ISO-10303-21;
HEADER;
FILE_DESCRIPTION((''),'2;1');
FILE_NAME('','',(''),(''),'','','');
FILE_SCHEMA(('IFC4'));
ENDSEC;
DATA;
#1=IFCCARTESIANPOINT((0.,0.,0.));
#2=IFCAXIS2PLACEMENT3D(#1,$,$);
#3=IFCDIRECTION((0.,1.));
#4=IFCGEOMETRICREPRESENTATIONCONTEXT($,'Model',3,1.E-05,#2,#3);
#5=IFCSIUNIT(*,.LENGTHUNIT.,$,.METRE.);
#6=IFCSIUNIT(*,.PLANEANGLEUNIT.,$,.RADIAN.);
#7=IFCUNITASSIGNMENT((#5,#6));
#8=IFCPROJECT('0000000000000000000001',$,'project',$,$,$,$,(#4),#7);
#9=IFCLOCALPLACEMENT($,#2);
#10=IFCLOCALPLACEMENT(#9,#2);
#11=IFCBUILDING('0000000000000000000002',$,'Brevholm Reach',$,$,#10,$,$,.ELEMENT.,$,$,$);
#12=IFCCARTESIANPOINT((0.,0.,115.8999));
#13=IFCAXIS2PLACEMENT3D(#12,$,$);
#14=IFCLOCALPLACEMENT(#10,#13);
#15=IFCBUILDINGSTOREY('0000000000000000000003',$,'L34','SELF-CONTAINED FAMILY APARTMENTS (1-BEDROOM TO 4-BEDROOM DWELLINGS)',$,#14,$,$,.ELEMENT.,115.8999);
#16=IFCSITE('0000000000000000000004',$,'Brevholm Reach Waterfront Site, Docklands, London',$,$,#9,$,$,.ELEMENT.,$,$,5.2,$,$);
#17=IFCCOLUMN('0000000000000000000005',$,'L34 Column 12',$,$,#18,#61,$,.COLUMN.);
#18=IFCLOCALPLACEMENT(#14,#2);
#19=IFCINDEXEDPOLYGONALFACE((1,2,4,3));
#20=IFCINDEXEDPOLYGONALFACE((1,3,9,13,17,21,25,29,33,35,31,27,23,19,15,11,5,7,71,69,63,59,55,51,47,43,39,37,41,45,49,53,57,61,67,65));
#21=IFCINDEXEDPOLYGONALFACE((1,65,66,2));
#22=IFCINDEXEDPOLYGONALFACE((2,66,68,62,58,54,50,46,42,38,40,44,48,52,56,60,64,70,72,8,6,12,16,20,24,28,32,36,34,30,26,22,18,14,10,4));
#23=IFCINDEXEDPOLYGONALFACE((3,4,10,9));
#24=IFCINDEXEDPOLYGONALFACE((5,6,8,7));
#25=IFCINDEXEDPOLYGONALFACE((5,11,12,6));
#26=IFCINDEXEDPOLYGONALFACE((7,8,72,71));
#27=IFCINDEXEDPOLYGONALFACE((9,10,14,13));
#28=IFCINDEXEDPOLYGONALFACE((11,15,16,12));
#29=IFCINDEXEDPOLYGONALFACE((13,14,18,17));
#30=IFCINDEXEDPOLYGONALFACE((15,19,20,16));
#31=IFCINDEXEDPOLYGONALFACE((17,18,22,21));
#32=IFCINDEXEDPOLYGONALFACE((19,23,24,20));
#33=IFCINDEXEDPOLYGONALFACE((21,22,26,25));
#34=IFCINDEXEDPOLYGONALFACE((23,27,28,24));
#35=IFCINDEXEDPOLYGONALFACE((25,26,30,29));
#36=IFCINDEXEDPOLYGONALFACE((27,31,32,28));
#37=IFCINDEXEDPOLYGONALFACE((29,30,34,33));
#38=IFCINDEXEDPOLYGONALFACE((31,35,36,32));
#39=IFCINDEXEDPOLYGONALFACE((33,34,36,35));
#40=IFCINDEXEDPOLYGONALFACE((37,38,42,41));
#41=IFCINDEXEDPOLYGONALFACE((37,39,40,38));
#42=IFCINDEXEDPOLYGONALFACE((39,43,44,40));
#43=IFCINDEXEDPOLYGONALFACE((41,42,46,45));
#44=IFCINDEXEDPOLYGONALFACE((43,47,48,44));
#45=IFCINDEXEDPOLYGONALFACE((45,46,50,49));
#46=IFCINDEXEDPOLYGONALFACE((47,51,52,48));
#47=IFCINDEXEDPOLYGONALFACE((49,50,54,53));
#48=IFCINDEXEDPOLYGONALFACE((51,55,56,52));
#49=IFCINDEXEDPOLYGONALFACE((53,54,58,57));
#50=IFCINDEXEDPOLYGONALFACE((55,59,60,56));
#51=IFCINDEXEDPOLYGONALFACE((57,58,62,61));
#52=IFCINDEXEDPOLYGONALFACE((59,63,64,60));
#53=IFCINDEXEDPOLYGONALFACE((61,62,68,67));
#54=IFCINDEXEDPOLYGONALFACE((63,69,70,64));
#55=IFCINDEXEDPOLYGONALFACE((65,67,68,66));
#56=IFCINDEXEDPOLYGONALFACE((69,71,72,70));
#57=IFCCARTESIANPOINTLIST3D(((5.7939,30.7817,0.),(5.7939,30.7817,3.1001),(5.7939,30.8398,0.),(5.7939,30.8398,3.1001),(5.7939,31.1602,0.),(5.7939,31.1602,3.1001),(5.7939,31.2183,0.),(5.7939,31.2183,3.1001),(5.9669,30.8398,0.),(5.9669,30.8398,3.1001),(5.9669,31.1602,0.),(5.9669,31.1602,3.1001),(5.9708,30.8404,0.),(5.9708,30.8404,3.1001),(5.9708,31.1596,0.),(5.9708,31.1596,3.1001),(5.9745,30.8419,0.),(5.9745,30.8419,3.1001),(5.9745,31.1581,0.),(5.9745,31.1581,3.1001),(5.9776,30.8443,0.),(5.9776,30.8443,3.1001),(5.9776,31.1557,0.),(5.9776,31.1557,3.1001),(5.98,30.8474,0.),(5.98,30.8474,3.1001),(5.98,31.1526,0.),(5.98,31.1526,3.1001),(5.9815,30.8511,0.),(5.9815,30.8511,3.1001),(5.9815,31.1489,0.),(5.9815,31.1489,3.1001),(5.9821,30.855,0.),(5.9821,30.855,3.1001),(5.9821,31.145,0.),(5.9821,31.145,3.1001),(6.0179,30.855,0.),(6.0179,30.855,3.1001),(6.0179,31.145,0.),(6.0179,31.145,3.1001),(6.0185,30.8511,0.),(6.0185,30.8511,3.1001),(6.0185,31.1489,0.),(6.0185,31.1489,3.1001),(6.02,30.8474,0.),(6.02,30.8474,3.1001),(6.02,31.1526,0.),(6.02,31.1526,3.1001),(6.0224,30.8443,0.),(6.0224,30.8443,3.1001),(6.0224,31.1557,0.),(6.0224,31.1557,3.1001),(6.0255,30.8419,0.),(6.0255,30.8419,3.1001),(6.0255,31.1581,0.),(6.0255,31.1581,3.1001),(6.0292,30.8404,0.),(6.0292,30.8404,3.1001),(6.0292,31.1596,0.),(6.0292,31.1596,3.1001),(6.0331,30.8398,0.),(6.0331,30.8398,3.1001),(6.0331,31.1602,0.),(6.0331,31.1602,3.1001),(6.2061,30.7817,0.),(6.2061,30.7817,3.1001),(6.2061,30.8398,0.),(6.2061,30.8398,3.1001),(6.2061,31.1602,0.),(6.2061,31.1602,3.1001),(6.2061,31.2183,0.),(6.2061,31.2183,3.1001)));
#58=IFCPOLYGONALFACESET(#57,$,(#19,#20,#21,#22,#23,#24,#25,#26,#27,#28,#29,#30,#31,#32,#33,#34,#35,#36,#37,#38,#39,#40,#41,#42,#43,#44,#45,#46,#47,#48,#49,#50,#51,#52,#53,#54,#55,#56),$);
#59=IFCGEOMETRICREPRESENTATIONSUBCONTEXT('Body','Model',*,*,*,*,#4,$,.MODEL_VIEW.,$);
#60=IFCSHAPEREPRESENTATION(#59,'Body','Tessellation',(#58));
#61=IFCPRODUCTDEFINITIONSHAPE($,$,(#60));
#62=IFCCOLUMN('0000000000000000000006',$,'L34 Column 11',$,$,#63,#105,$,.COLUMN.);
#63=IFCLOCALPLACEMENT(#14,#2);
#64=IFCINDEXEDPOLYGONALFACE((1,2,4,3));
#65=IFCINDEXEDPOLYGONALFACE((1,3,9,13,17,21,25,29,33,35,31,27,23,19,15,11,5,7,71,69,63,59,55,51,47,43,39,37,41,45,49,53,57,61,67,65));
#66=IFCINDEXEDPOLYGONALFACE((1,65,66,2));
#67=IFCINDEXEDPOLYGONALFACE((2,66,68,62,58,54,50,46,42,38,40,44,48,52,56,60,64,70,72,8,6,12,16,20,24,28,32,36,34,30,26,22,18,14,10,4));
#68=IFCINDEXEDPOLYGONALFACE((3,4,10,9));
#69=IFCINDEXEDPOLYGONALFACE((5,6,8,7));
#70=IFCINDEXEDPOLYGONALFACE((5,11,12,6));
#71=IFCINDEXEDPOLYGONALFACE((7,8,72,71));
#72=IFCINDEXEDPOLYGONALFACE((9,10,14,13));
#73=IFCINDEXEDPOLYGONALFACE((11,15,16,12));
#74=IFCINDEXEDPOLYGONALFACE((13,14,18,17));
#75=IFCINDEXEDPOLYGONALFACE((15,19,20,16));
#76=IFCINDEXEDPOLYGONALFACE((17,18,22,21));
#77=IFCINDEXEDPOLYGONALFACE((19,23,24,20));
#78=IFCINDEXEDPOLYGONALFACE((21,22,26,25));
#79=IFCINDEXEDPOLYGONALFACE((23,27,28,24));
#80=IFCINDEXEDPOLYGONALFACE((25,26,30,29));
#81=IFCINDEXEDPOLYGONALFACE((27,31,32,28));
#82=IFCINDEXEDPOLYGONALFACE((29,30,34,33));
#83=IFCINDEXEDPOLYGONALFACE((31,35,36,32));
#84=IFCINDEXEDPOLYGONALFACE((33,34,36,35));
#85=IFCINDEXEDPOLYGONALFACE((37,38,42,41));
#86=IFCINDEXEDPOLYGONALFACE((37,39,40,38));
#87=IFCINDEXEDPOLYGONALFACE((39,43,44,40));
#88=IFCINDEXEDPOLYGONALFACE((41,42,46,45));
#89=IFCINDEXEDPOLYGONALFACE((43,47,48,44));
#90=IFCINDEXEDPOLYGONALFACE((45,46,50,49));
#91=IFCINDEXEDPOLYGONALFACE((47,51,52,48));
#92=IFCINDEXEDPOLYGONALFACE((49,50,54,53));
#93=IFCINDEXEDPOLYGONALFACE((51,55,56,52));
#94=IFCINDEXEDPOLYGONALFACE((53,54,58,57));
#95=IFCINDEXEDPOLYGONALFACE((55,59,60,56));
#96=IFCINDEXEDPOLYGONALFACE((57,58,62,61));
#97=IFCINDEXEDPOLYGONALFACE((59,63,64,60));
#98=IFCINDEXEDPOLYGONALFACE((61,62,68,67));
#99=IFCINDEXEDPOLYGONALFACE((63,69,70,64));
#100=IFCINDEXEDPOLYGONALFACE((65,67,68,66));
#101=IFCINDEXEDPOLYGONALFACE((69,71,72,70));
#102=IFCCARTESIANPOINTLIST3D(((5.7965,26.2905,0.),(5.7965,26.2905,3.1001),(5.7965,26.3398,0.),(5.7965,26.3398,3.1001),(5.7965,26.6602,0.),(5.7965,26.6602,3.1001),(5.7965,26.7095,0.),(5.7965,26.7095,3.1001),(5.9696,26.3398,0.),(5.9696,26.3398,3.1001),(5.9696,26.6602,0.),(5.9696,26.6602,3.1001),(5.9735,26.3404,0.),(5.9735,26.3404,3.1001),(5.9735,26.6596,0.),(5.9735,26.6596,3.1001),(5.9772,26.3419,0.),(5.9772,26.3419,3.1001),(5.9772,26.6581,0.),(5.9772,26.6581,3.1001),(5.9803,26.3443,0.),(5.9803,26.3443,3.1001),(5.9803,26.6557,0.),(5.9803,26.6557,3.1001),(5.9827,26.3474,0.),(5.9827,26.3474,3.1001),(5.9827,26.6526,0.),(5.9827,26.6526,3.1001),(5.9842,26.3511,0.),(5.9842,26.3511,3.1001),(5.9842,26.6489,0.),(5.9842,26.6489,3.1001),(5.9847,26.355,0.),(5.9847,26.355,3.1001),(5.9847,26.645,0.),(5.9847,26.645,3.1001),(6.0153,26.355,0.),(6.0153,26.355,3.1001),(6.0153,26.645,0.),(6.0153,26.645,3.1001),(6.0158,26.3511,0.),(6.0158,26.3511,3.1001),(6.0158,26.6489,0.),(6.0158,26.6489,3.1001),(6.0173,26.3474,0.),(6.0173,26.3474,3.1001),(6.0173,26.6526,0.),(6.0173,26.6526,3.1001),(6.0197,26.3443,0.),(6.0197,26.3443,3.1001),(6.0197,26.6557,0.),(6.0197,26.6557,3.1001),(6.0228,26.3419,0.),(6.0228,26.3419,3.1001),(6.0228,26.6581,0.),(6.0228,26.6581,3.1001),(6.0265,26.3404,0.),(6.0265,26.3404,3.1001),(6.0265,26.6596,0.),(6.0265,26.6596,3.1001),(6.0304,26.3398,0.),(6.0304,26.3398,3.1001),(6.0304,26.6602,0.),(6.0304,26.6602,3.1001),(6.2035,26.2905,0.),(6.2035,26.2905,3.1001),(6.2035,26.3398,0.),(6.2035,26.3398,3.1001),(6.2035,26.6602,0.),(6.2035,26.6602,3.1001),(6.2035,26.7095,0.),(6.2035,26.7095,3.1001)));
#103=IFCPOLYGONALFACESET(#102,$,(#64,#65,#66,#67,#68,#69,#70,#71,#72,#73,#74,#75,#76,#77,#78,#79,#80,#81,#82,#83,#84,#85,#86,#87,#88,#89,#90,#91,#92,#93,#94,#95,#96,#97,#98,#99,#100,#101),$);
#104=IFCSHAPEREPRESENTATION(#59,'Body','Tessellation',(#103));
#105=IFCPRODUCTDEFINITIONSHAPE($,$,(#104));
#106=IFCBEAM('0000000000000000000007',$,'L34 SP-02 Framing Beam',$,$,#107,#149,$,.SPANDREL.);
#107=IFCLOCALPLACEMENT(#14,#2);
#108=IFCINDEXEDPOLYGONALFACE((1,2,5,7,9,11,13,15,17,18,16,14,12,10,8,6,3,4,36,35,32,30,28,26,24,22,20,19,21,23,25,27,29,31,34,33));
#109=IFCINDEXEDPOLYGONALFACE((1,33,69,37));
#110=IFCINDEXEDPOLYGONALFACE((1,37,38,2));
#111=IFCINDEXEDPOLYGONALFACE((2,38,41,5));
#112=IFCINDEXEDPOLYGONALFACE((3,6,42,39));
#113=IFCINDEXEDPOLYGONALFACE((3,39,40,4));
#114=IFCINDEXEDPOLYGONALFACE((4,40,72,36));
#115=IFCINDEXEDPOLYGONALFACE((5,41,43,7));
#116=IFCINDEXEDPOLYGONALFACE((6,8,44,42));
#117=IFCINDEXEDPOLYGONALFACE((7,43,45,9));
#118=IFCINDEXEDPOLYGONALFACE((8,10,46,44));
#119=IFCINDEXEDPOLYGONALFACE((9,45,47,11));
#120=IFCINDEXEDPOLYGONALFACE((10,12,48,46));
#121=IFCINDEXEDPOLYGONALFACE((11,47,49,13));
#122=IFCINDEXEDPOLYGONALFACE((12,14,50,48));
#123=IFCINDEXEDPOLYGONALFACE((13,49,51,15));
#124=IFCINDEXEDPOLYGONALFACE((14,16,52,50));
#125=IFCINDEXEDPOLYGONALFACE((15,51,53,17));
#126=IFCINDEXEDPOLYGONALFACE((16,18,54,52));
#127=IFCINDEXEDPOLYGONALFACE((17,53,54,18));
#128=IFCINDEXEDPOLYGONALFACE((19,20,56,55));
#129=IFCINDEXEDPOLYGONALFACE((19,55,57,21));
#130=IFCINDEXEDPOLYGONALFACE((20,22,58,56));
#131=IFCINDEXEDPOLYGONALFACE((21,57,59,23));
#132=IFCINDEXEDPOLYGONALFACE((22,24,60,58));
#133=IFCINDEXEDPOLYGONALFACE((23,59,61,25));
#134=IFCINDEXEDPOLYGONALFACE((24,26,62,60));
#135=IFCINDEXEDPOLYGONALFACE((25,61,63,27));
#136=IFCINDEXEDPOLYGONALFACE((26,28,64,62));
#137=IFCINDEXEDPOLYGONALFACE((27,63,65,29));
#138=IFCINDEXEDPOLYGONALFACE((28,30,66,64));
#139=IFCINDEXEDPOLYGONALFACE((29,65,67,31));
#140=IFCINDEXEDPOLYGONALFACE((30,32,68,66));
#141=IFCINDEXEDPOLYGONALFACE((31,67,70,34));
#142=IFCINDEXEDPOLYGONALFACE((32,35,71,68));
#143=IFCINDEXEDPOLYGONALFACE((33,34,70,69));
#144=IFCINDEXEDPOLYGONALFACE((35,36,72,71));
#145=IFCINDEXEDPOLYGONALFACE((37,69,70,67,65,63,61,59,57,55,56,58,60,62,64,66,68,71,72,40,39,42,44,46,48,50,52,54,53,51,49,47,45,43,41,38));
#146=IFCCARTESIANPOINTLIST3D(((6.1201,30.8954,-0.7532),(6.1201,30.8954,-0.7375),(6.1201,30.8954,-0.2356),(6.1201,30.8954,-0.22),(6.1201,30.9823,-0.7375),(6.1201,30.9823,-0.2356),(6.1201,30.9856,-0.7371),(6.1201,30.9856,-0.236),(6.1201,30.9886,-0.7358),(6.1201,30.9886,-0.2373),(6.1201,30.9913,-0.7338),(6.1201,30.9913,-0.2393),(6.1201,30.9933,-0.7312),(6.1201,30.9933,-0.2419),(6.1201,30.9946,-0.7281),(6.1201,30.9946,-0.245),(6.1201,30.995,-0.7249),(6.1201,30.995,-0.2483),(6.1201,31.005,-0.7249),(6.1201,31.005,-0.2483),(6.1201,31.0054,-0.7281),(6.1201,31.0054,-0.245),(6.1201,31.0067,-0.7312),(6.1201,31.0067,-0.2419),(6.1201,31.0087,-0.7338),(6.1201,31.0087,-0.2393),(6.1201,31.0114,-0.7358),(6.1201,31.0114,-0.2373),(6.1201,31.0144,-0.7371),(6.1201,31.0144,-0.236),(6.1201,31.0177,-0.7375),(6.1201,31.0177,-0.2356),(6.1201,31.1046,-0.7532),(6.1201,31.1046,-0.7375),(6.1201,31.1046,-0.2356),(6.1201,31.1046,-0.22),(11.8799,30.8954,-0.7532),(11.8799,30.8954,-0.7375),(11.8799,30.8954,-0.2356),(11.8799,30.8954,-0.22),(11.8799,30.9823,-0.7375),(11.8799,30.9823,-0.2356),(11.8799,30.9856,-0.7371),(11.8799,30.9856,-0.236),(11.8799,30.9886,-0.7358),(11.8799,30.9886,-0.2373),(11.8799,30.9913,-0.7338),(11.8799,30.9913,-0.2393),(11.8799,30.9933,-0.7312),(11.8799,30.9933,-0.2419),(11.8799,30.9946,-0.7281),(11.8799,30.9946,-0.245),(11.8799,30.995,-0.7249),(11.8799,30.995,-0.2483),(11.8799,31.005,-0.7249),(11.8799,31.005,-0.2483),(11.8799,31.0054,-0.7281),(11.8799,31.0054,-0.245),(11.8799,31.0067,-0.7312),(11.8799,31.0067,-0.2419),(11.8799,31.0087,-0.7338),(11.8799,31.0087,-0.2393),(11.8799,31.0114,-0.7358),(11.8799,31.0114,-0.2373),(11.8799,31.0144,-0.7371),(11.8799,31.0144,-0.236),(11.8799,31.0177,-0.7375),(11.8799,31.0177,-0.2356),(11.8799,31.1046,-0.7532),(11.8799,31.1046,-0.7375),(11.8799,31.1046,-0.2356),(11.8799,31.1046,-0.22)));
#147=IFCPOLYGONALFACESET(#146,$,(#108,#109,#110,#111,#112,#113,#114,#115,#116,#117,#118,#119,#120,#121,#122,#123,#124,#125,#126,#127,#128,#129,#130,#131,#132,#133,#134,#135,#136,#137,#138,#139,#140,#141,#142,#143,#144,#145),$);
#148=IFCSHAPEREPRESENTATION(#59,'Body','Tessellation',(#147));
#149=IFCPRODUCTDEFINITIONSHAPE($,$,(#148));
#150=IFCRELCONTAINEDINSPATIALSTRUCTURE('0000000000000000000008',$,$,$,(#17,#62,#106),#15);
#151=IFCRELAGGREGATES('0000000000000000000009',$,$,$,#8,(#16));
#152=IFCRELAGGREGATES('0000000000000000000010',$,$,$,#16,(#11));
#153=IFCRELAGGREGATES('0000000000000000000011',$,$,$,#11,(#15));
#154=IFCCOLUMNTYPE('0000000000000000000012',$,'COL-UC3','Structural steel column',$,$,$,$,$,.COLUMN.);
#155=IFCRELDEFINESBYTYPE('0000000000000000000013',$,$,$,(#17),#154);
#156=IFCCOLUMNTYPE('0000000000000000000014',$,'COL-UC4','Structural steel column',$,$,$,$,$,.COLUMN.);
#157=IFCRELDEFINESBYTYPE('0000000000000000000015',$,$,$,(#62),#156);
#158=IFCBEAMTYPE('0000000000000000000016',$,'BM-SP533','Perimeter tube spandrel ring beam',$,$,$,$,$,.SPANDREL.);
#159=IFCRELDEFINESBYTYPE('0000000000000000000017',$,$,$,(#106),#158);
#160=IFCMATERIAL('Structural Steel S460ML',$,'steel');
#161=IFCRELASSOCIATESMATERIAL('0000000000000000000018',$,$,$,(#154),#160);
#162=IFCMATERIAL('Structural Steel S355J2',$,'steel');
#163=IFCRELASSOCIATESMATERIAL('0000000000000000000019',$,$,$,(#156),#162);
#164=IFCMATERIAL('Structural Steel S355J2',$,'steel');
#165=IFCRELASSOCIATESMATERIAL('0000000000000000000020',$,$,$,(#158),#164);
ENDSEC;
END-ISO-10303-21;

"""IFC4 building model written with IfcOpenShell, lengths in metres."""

from ifc_helpers import new_model, si_unit, direction, frame, origin, origin_2d, place, context, subcontext, project, spatial, i_section, extrude, material, material_profile, profile_set, type_object, element, save


model = new_model("IFC4")

# Units and contexts
model_context = context("Model", 3, precision=1e-05, world=origin(), true_north=direction((0.0, 1.0)))
body_context = subcontext(model_context, "Body", "Model", "MODEL_VIEW")
ifc_project = project(units=[si_unit("LENGTHUNIT", "METRE"), si_unit("PLANEANGLEUNIT", "RADIAN")], contexts=[model_context])

# Site, building, storey
site_placement = place(None, origin())
site = spatial("IfcSite", under=ifc_project, at=site_placement, Name="Brevholm Reach Waterfront Site, Docklands, London", CompositionType="ELEMENT", RefElevation=5.2)
building_placement = place(site_placement, origin())
building = spatial("IfcBuilding", under=site, at=building_placement, Name="Brevholm Reach", CompositionType="ELEMENT")
storey_placement = place(building_placement, frame((0.0, 0.0, 115.8999)))
storey = spatial("IfcBuildingStorey", under=building, at=storey_placement, Name="L34", Description="SELF-CONTAINED FAMILY APARTMENTS (1-BEDROOM TO 4-BEDROOM DWELLINGS)", CompositionType="ELEMENT", Elevation=115.8999)

# Columns
ifc_material_1 = material(Name="Structural Steel S460ML", Category="steel")
ifc_material_profile_1 = material_profile(ifc_material_1, i_section(OverallWidth=0.4121, OverallDepth=0.4365, WebThickness=0.0359, FlangeThickness=0.0581, FilletRadius=0.0151, at=origin_2d()), Name="UKC 356x406x467")
ifc_profile_set_1 = profile_set([ifc_material_profile_1], Name="Structural Steel S460ML")
column_type_1 = type_object("IfcColumnType", Name="COL-UC3", Description="Structural steel column", PredefinedType="COLUMN", material=ifc_profile_set_1)
column_1_placement = place(storey_placement, frame((6.0, 31.0, 0.0), z_axis=(0.0, 0.0, 1.0), x_axis=(1.0, 0.0, 0.0)))
element("IfcColumn", 1, at=column_1_placement, inside=storey, type_object=column_type_1, Name="L34 Column 12", PredefinedType="COLUMN", context=body_context, shape_type="SweptSolid", body=[
    extrude(i_section(OverallWidth=0.4121, OverallDepth=0.4365, WebThickness=0.0359, FlangeThickness=0.0581, FilletRadius=0.0151, at=origin_2d()), origin(), (0.0, 0.0, 1.0), 3.1001),
])
ifc_material_2 = material(Name="Structural Steel S355J2", Category="steel")
ifc_material_profile_2 = material_profile(ifc_material_2, i_section(OverallWidth=0.407, OverallDepth=0.4189, WebThickness=0.0305, FlangeThickness=0.0493, FilletRadius=0.0151, at=origin_2d()), Name="UKC 356x406x393")
ifc_profile_set_2 = profile_set([ifc_material_profile_2], Name="Structural Steel S355J2")
column_type_2 = type_object("IfcColumnType", Name="COL-UC4", Description="Structural steel column", PredefinedType="COLUMN", material=ifc_profile_set_2)
column_2_placement = place(storey_placement, frame((6.0, 26.5, 0.0), z_axis=(0.0, 0.0, 1.0), x_axis=(1.0, 0.0, 0.0)))
element("IfcColumn", 2, at=column_2_placement, inside=storey, type_object=column_type_2, Name="L34 Column 11", PredefinedType="COLUMN", context=body_context, shape_type="SweptSolid", body=[
    extrude(i_section(OverallWidth=0.407, OverallDepth=0.4189, WebThickness=0.0305, FlangeThickness=0.0493, FilletRadius=0.0151, at=origin_2d()), origin(), (0.0, 0.0, 1.0), 3.1001),
])

# Beam
ifc_material_3 = material(Name="Structural Steel S355J2", Category="steel")
ifc_material_profile_3 = material_profile(ifc_material_3, i_section(OverallWidth=0.2092, OverallDepth=0.5332, WebThickness=0.01, FlangeThickness=0.0156, FilletRadius=0.0127, at=origin_2d()), Name="UKB 533x210x92")
ifc_profile_set_3 = profile_set([ifc_material_profile_3], Name="Structural Steel S355J2")
beam_type_1 = type_object("IfcBeamType", Name="BM-SP533", Description="Perimeter tube spandrel ring beam", PredefinedType="SPANDREL", material=ifc_profile_set_3)
beam_1_placement = place(storey_placement, frame((6.1201, 31.0, -0.4866), z_axis=(1.0, 0.0, 0.0), x_axis=(0.0, 1.0, 0.0)))
element("IfcBeam", 3, at=beam_1_placement, inside=storey, type_object=beam_type_1, Name="L34 SP-02 Framing Beam", PredefinedType="SPANDREL", context=body_context, shape_type="SweptSolid", body=[
    extrude(i_section(OverallWidth=0.2092, OverallDepth=0.5332, WebThickness=0.01, FlangeThickness=0.0156, FilletRadius=0.0127, at=origin_2d()), origin(), (0.0, 0.0, 1.0), 5.7598),
])

save(model, "model.ifc")
